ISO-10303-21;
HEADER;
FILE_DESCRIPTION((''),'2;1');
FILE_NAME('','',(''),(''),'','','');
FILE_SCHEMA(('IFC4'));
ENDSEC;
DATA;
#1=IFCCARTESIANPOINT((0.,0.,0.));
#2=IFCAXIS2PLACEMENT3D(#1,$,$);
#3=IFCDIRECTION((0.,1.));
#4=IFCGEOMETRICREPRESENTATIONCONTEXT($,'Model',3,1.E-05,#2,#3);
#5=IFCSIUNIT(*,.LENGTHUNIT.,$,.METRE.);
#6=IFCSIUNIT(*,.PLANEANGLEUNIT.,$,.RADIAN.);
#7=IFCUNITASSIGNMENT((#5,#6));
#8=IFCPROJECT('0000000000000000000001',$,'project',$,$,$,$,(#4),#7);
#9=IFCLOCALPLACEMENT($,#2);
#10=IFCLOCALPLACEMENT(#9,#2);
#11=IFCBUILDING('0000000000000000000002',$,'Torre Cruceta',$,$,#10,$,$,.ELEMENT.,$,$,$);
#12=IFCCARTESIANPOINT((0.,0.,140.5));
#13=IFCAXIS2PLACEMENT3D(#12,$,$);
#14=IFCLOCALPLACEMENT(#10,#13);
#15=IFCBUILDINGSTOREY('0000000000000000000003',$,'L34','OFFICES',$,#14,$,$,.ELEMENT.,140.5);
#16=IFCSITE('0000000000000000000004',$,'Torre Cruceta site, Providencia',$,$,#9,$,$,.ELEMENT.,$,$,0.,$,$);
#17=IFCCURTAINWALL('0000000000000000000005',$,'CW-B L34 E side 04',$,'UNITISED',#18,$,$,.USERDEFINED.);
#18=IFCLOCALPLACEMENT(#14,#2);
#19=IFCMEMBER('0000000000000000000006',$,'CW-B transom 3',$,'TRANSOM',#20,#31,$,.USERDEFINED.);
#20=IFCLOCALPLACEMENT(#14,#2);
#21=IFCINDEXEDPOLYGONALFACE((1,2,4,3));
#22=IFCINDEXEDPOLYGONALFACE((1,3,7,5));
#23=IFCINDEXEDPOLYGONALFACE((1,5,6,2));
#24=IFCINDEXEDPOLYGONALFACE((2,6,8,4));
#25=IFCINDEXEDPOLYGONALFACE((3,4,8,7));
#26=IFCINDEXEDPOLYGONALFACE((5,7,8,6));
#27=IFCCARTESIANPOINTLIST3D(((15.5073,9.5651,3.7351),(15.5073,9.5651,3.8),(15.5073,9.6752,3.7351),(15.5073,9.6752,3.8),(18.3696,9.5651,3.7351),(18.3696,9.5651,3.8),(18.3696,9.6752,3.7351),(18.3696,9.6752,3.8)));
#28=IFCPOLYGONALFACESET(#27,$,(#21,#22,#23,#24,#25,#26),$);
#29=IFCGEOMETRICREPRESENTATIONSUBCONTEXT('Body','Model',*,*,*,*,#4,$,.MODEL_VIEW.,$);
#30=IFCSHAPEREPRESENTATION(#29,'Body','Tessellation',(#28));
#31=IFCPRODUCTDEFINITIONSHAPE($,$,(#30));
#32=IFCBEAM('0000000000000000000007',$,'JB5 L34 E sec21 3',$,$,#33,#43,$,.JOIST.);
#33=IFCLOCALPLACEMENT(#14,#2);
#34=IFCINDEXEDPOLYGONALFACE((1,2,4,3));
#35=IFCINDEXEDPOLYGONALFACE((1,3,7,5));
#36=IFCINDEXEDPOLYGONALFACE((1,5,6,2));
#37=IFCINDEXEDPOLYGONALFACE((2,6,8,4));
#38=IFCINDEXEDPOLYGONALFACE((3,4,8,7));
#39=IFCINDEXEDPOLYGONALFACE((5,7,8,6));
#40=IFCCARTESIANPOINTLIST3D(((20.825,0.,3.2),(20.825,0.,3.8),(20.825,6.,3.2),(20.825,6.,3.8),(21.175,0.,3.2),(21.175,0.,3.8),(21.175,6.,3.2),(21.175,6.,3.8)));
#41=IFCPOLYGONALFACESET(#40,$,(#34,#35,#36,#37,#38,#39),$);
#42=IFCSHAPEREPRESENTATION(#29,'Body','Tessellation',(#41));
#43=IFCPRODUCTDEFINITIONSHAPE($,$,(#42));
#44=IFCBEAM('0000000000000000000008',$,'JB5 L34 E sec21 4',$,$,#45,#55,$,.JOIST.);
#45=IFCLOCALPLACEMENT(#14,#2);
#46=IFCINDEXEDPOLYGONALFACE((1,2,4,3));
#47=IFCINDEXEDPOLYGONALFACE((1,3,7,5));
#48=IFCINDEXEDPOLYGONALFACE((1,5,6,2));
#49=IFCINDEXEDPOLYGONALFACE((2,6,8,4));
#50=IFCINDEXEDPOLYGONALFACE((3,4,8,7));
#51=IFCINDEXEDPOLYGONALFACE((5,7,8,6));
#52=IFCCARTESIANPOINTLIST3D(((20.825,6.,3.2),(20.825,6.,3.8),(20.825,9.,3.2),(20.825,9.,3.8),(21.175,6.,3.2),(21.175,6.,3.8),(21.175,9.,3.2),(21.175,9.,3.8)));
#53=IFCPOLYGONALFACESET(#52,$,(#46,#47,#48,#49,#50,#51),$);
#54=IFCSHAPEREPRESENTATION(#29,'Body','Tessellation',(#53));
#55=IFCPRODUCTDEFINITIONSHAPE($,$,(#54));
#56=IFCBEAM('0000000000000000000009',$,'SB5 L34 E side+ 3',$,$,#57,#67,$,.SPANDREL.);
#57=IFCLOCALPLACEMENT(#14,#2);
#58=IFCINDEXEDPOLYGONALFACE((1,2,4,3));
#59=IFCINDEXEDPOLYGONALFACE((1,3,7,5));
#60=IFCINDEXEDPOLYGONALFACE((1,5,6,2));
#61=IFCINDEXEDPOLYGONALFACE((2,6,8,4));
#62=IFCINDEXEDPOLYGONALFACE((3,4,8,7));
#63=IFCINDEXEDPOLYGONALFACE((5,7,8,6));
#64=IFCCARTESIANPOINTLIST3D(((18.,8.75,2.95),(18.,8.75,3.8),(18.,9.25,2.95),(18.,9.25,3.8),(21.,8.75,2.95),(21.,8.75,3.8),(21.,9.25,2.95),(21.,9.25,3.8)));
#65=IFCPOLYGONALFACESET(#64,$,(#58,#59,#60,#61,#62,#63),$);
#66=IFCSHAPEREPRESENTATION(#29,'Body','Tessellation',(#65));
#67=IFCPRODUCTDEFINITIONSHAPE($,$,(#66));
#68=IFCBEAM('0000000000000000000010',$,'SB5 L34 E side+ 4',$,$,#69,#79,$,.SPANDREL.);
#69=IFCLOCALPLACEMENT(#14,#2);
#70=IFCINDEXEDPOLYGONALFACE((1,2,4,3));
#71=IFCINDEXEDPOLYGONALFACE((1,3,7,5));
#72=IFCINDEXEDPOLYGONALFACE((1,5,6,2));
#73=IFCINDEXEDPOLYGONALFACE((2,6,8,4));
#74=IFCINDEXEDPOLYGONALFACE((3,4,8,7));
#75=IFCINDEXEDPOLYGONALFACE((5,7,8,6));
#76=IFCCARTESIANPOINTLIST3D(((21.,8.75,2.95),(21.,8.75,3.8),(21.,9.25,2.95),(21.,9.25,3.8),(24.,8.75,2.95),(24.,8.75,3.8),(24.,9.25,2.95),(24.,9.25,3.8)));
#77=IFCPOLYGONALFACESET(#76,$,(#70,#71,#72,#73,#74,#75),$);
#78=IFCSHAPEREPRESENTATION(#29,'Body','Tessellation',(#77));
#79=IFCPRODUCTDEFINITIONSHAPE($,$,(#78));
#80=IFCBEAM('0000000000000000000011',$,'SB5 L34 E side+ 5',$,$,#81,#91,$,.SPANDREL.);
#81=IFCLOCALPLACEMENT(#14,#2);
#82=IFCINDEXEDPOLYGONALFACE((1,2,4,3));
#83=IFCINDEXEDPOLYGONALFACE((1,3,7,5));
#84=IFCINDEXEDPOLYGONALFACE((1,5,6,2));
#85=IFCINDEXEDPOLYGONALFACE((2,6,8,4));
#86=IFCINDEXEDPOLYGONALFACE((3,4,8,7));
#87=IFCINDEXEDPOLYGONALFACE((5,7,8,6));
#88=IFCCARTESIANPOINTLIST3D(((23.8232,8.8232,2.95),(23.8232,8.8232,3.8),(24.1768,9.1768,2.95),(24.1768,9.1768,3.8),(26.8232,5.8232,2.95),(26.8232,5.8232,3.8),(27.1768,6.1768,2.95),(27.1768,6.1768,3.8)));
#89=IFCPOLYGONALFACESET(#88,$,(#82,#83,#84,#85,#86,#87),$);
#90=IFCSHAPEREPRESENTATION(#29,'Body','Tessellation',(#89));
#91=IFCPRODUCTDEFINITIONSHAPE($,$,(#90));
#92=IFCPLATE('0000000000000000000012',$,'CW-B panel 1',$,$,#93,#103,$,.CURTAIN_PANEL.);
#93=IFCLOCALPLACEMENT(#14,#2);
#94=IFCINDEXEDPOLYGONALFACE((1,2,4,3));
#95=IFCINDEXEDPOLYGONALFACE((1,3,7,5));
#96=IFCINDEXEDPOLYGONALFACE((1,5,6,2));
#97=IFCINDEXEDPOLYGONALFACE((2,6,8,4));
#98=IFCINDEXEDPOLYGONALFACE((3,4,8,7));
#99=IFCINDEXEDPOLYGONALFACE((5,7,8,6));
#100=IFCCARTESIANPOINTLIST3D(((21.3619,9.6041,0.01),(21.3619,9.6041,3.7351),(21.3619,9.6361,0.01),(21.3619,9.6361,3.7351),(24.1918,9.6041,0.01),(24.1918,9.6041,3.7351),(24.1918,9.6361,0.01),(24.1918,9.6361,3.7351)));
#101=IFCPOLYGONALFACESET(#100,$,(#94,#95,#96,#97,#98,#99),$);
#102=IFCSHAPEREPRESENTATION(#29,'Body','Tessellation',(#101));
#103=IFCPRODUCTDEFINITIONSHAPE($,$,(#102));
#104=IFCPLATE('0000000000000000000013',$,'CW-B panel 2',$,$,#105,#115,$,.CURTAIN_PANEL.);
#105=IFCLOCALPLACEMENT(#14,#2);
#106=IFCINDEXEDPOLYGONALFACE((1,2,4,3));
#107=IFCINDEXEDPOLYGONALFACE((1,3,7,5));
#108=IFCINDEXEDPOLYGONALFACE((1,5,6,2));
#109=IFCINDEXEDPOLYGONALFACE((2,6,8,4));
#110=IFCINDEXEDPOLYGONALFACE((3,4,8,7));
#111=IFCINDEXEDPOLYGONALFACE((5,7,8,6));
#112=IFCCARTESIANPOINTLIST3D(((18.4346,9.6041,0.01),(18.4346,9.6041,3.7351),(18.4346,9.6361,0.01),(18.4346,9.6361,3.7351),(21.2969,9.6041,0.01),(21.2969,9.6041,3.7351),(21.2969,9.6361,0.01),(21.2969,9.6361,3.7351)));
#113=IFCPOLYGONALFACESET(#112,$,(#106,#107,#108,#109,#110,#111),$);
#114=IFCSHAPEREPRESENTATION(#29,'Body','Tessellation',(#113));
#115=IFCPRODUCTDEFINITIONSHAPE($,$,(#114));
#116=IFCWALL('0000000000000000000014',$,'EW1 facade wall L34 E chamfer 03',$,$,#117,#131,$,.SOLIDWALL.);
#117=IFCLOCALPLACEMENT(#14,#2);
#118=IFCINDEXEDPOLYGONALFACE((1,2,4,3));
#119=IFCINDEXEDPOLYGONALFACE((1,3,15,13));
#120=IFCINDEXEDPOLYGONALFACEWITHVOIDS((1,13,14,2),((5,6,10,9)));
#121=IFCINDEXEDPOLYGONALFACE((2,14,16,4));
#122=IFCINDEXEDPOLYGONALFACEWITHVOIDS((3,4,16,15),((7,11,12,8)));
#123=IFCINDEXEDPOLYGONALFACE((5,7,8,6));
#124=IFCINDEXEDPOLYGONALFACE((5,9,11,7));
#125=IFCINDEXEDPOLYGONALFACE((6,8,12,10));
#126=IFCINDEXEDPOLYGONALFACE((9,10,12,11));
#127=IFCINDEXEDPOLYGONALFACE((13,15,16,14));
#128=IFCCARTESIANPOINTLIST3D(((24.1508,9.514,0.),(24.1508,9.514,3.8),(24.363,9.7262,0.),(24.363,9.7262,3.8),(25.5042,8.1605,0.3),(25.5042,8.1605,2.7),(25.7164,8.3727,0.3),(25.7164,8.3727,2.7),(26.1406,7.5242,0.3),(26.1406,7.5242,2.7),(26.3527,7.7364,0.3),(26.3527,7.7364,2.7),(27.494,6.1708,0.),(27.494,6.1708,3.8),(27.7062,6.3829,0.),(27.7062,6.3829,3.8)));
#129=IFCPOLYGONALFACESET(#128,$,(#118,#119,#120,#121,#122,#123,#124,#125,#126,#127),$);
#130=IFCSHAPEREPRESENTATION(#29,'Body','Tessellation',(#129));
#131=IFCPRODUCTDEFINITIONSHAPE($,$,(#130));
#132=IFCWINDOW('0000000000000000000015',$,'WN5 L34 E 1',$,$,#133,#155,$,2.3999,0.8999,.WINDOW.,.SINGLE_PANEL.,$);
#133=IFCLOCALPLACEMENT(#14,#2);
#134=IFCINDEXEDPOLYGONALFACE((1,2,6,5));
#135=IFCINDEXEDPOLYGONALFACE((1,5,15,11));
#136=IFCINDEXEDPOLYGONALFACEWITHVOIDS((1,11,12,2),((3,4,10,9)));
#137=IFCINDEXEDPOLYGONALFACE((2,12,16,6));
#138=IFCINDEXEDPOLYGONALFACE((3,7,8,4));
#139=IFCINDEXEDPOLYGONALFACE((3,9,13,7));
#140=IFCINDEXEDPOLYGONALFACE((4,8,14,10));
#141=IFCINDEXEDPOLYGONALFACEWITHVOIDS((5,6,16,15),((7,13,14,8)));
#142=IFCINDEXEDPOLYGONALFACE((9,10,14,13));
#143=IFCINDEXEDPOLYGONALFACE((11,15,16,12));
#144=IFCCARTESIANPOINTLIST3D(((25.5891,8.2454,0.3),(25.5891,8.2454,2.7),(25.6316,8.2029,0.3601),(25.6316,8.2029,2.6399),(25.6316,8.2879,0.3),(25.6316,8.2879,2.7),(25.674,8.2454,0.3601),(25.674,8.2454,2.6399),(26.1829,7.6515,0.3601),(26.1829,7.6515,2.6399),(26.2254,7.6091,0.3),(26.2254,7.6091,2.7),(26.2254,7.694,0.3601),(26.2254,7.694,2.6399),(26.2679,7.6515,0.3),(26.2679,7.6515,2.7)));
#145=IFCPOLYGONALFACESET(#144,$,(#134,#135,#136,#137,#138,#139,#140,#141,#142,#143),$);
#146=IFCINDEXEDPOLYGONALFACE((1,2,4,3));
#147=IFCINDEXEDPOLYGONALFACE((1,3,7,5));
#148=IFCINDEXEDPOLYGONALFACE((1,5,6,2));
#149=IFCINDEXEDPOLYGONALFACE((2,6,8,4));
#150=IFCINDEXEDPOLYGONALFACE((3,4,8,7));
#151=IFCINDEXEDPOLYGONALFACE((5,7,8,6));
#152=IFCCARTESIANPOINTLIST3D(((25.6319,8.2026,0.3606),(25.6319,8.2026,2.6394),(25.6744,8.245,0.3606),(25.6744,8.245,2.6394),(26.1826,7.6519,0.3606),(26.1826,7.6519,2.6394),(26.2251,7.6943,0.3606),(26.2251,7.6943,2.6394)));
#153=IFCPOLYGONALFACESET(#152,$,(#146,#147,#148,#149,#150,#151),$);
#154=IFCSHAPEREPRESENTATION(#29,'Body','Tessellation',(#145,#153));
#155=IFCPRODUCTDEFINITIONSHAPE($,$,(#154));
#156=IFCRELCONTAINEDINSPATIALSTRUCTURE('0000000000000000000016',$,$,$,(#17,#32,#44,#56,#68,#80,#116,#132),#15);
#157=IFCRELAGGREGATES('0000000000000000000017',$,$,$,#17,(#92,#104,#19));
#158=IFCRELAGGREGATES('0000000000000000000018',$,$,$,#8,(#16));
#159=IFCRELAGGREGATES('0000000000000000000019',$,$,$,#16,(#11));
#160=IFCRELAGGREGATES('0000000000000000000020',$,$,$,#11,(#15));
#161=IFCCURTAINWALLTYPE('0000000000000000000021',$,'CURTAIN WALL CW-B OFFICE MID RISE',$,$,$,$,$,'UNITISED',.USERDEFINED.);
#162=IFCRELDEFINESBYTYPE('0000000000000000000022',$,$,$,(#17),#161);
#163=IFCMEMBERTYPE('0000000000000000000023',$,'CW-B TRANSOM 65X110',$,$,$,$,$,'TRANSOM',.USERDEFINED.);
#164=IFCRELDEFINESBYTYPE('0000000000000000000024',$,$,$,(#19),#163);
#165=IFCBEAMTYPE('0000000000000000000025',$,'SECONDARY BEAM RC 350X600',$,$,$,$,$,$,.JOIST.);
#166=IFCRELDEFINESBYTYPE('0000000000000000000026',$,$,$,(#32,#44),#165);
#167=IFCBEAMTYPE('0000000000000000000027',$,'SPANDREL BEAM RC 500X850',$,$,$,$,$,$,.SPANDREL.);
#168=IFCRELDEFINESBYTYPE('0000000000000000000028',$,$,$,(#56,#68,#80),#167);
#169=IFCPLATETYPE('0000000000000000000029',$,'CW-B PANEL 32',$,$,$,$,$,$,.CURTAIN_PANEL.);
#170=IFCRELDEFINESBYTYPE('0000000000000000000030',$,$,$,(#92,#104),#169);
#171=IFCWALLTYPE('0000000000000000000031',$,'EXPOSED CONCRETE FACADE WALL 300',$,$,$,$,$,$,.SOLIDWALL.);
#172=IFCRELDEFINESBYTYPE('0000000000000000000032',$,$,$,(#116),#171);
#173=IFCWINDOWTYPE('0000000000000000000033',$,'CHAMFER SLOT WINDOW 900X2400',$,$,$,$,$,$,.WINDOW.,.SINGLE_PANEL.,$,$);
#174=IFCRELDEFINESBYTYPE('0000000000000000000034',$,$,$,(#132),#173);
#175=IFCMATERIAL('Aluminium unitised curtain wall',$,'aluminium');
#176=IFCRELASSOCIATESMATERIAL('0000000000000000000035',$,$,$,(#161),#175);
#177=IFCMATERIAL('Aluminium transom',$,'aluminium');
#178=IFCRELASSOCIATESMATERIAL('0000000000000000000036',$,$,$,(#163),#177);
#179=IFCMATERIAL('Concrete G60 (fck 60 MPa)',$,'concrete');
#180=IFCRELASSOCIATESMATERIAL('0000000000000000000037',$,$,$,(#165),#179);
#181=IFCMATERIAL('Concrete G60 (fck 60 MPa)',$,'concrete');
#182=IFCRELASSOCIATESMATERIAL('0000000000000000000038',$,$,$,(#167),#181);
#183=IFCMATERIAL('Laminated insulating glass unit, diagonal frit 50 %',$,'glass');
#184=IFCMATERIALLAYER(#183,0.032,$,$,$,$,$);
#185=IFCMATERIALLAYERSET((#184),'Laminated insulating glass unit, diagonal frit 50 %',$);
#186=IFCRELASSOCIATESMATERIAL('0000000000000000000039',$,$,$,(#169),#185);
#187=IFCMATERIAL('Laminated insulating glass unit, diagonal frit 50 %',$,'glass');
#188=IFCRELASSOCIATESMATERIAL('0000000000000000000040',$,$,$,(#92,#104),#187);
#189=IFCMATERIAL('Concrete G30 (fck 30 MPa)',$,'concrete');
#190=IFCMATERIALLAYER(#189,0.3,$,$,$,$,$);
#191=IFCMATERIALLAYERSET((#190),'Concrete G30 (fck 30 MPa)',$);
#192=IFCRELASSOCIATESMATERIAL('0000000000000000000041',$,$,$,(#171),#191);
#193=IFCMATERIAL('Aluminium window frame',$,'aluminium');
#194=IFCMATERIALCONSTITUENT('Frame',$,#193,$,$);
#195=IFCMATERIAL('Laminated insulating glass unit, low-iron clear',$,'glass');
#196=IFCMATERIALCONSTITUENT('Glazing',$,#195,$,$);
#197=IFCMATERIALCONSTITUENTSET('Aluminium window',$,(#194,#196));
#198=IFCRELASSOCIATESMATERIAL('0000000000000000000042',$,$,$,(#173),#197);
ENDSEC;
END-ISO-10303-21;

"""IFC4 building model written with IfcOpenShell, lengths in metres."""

from ifc_helpers import new_model, si_unit, direction, frame, frame_2d, origin, origin_2d, place, context, subcontext, project, spatial, rectangle, hollow_rectangle, extrude, material, layer, layer_set, constituent, constituent_set, material_profile, profile_set, type_object, element, fill, aggregate, save


model = new_model("IFC4")

# Units and contexts
model_context = context("Model", 3, precision=1e-05, world=origin(), true_north=direction((0.0, 1.0)))
body_context = subcontext(model_context, "Body", "Model", "MODEL_VIEW")
ifc_project = project(units=[si_unit("LENGTHUNIT", "METRE"), si_unit("PLANEANGLEUNIT", "RADIAN")], contexts=[model_context])

# Site, building, storey
site_placement = place(None, origin())
site = spatial("IfcSite", under=ifc_project, at=site_placement, Name="Torre Cruceta site, Providencia", CompositionType="ELEMENT", RefElevation=0.0)
building_placement = place(site_placement, origin())
building = spatial("IfcBuilding", under=site, at=building_placement, Name="Torre Cruceta", CompositionType="ELEMENT")
storey_placement = place(building_placement, frame((0.0, 0.0, 140.5)))
storey = spatial("IfcBuildingStorey", under=building, at=storey_placement, Name="L34", Description="OFFICES", CompositionType="ELEMENT", Elevation=140.5)

# Curtain wall, member
ifc_material_1 = material(Name="Aluminium unitised curtain wall", Category="aluminium")
curtain_wall_type = type_object("IfcCurtainWallType", Name="CURTAIN WALL CW-B OFFICE MID RISE", ElementType="UNITISED", PredefinedType="USERDEFINED", material=ifc_material_1)
curtain_wall_placement = place(storey_placement, origin())
curtain_wall = element("IfcCurtainWall", 1, at=curtain_wall_placement, inside=storey, type_object=curtain_wall_type, Name="CW-B L34 E side 04", ObjectType="UNITISED", PredefinedType="USERDEFINED")
ifc_material_2 = material(Name="Aluminium transom", Category="aluminium")
ifc_material_profile_1 = material_profile(ifc_material_2, rectangle(XDim=0.1101, YDim=0.0649, at=origin_2d()), Name="AL 110X65")
ifc_profile_set_1 = profile_set([ifc_material_profile_1], Name="Aluminium transom")
member_type_1 = type_object("IfcMemberType", Name="CW-B TRANSOM 65X110", ElementType="TRANSOM", PredefinedType="USERDEFINED", material=ifc_profile_set_1)
member_1_placement = place(storey_placement, frame((18.3696, 9.6201, 3.7676), z_axis=(-1.0, 0.0, 0.0), x_axis=(0.0, -1.0, 0.0)))
member_1 = element("IfcMember", 2, at=member_1_placement, type_object=member_type_1, Name="CW-B transom 3", ObjectType="TRANSOM", PredefinedType="USERDEFINED", context=body_context, shape_type="SweptSolid", body=[
    extrude(rectangle(XDim=0.1101, YDim=0.0649, at=origin_2d()), origin(), (0.0, 0.0, 1.0), 2.8623),
])

# Beams
ifc_material_3 = material(Name="Concrete G60 (fck 60 MPa)", Category="concrete")
ifc_material_profile_2 = material_profile(ifc_material_3, rectangle(XDim=0.3501, YDim=0.6001, at=origin_2d()), Name="RC 350X600")
ifc_profile_set_2 = profile_set([ifc_material_profile_2], Name="Concrete G60 (fck 60 MPa)")
beam_type_1 = type_object("IfcBeamType", Name="SECONDARY BEAM RC 350X600", PredefinedType="JOIST", material=ifc_profile_set_2)
beam_1_placement = place(storey_placement, frame((21.0, 0.0, 3.5), z_axis=(0.0, 1.0, 0.0), x_axis=(-1.0, 0.0, 0.0)))
element("IfcBeam", 3, at=beam_1_placement, inside=storey, type_object=beam_type_1, Name="JB5 L34 E sec21 3", PredefinedType="JOIST", context=body_context, shape_type="SweptSolid", body=[
    extrude(rectangle(XDim=0.3501, YDim=0.6001, at=origin_2d()), origin(), (0.0, 0.0, 1.0), 6.0),
])
beam_2_placement = place(storey_placement, frame((21.0, 6.0, 3.5), z_axis=(0.0, 1.0, 0.0), x_axis=(-1.0, 0.0, 0.0)))
element("IfcBeam", 4, at=beam_2_placement, inside=storey, type_object=beam_type_1, Name="JB5 L34 E sec21 4", PredefinedType="JOIST", context=body_context, shape_type="SweptSolid", body=[
    extrude(rectangle(XDim=0.3501, YDim=0.6001, at=origin_2d()), origin(), (0.0, 0.0, 1.0), 3.0),
])
ifc_material_4 = material(Name="Concrete G60 (fck 60 MPa)", Category="concrete")
ifc_material_profile_3 = material_profile(ifc_material_4, rectangle(XDim=0.5, YDim=0.8501, at=origin_2d()), Name="RC 500X850")
ifc_profile_set_3 = profile_set([ifc_material_profile_3], Name="Concrete G60 (fck 60 MPa)")
beam_type_2 = type_object("IfcBeamType", Name="SPANDREL BEAM RC 500X850", PredefinedType="SPANDREL", material=ifc_profile_set_3)
for number, where, z_axis, x_axis, name in (
    (5, (18.0, 9.0, 3.375), (1.0, 0.0, 0.0), (0.0, 1.0, 0.0), "SB5 L34 E side+ 3"),
    (6, (21.0, 9.0, 3.375), (1.0, 0.0, 0.0), (0.0, 1.0, 0.0), "SB5 L34 E side+ 4"),
):
    element("IfcBeam", number, at=place(storey_placement, frame(where, z_axis=z_axis, x_axis=x_axis)), inside=storey, type_object=beam_type_2, Name=name, PredefinedType="SPANDREL", context=body_context, shape_type="SweptSolid", body=[
        extrude(rectangle(XDim=0.5, YDim=0.8501, at=origin_2d()), origin(), (0.0, 0.0, 1.0), 3.0),
    ])
beam_3_placement = place(storey_placement, frame((24.0, 9.0, 3.375), z_axis=(0.707107, -0.707107, 0.0), x_axis=(0.707107, 0.707107, 0.0)))
element("IfcBeam", 7, at=beam_3_placement, inside=storey, type_object=beam_type_2, Name="SB5 L34 E side+ 5", PredefinedType="SPANDREL", context=body_context, shape_type="SweptSolid", body=[
    extrude(rectangle(XDim=0.5, YDim=0.8501, at=origin_2d()), origin(), (0.0, 0.0, 1.0), 4.2427),
])

# Plates
ifc_material_5 = material(Name="Laminated insulating glass unit, diagonal frit 50 %", Category="glass")
ifc_material_6 = material(Name="Laminated insulating glass unit, diagonal frit 50 %", Category="glass")
ifc_layer_1 = layer(ifc_material_6, 0.032)
ifc_layer_set_1 = layer_set([ifc_layer_1], Name="Laminated insulating glass unit, diagonal frit 50 %")
plate_type = type_object("IfcPlateType", Name="CW-B PANEL 32", PredefinedType="CURTAIN_PANEL", material=ifc_layer_set_1)
plate_1_placement = place(storey_placement, frame((22.7769, 9.6201, 0.01), z_axis=(0.0, 0.0, 1.0), x_axis=(-1.0, 0.0, 0.0)))
plate_1 = element("IfcPlate", 8, at=plate_1_placement, type_object=plate_type, material=ifc_material_5, Name="CW-B panel 1", PredefinedType="CURTAIN_PANEL", context=body_context, shape_type="SweptSolid", body=[
    extrude(rectangle(XDim=2.8298, YDim=0.032, at=origin_2d()), origin(), (0.0, 0.0, 1.0), 3.7251),
])
plate_2_placement = place(storey_placement, frame((19.8657, 9.6201, 0.01), z_axis=(0.0, 0.0, 1.0), x_axis=(-1.0, 0.0, 0.0)))
plate_2 = element("IfcPlate", 9, at=plate_2_placement, type_object=plate_type, material=ifc_material_5, Name="CW-B panel 2", PredefinedType="CURTAIN_PANEL", context=body_context, shape_type="SweptSolid", body=[
    extrude(rectangle(XDim=2.8623, YDim=0.032, at=origin_2d()), origin(), (0.0, 0.0, 1.0), 3.7251),
])
aggregate(curtain_wall, [plate_1, plate_2, member_1])

# Wall, opening, window
ifc_material_7 = material(Name="Concrete G30 (fck 30 MPa)", Category="concrete")
ifc_layer_2 = layer(ifc_material_7, 0.3)
ifc_layer_set_2 = layer_set([ifc_layer_2], Name="Concrete G30 (fck 30 MPa)")
wall_type = type_object("IfcWallType", Name="EXPOSED CONCRETE FACADE WALL 300", PredefinedType="SOLIDWALL", material=ifc_layer_set_2)
wall_placement = place(storey_placement, frame((27.6001, 6.2769, 0.0), z_axis=(0.0, 0.0, 1.0), x_axis=(-0.707107, 0.707107, 0.0)))
wall = element("IfcWall", 10, at=wall_placement, inside=storey, type_object=wall_type, Name="EW1 facade wall L34 E chamfer 03", PredefinedType="SOLIDWALL", context=body_context, shape_type="SweptSolid", body=[
    extrude(rectangle(XDim=4.728, YDim=0.3, at=frame_2d((2.364, 0.0))), origin(), (0.0, 0.0, 1.0), 3.8),
])
opening_placement = place(wall_placement, frame((1.9141, 0.0, 0.3)))
opening = element("IfcOpeningElement", 11, at=opening_placement, cuts=wall, PredefinedType="OPENING", context=body_context, shape_type="SweptSolid", body=[
    extrude(rectangle(XDim=0.8999, YDim=2.3999, at=frame_2d((0.45, 1.2))), frame((0.0, 0.1599, 0.0), z_axis=(0.0, -1.0, 0.0), x_axis=(1.0, 0.0, 0.0)), (0.0, 0.0, 1.0), 0.3201),
])
ifc_material_8 = material(Name="Aluminium window frame", Category="aluminium")
ifc_constituent_1 = constituent(ifc_material_8, Name="Frame")
ifc_material_9 = material(Name="Laminated insulating glass unit, low-iron clear", Category="glass")
ifc_constituent_2 = constituent(ifc_material_9, Name="Glazing")
ifc_constituent_set = constituent_set(constituents=[ifc_constituent_1, ifc_constituent_2], Name="Aluminium window")
window_type = type_object("IfcWindowType", Name="CHAMFER SLOT WINDOW 900X2400", PartitioningType="SINGLE_PANEL", PredefinedType="WINDOW", material=ifc_constituent_set)
window_placement = place(opening_placement, origin())
window = element("IfcWindow", 12, at=window_placement, inside=storey, type_object=window_type, Name="WN5 L34 E 1", OverallHeight=2.3999, OverallWidth=0.8999, PartitioningType="SINGLE_PANEL", PredefinedType="WINDOW", context=body_context, shape_type="SweptSolid", body=[
    extrude(hollow_rectangle(XDim=0.8999, YDim=2.3999, WallThickness=0.0601, at=frame_2d((0.45, 1.2))), frame((0.0, 0.03, 0.0), z_axis=(0.0, -1.0, 0.0), x_axis=(1.0, 0.0, 0.0)), (0.0, 0.0, 1.0), 0.0601),
    extrude(rectangle(XDim=0.7788, YDim=2.2788, at=frame_2d((0.45, 1.2))), frame((0.0, 0.03, 0.0), z_axis=(0.0, -1.0, 0.0), x_axis=(1.0, 0.0, 0.0)), (0.0, 0.0, 1.0), 0.0601),
])
fill(opening, window)

save(model, "model.ifc")
